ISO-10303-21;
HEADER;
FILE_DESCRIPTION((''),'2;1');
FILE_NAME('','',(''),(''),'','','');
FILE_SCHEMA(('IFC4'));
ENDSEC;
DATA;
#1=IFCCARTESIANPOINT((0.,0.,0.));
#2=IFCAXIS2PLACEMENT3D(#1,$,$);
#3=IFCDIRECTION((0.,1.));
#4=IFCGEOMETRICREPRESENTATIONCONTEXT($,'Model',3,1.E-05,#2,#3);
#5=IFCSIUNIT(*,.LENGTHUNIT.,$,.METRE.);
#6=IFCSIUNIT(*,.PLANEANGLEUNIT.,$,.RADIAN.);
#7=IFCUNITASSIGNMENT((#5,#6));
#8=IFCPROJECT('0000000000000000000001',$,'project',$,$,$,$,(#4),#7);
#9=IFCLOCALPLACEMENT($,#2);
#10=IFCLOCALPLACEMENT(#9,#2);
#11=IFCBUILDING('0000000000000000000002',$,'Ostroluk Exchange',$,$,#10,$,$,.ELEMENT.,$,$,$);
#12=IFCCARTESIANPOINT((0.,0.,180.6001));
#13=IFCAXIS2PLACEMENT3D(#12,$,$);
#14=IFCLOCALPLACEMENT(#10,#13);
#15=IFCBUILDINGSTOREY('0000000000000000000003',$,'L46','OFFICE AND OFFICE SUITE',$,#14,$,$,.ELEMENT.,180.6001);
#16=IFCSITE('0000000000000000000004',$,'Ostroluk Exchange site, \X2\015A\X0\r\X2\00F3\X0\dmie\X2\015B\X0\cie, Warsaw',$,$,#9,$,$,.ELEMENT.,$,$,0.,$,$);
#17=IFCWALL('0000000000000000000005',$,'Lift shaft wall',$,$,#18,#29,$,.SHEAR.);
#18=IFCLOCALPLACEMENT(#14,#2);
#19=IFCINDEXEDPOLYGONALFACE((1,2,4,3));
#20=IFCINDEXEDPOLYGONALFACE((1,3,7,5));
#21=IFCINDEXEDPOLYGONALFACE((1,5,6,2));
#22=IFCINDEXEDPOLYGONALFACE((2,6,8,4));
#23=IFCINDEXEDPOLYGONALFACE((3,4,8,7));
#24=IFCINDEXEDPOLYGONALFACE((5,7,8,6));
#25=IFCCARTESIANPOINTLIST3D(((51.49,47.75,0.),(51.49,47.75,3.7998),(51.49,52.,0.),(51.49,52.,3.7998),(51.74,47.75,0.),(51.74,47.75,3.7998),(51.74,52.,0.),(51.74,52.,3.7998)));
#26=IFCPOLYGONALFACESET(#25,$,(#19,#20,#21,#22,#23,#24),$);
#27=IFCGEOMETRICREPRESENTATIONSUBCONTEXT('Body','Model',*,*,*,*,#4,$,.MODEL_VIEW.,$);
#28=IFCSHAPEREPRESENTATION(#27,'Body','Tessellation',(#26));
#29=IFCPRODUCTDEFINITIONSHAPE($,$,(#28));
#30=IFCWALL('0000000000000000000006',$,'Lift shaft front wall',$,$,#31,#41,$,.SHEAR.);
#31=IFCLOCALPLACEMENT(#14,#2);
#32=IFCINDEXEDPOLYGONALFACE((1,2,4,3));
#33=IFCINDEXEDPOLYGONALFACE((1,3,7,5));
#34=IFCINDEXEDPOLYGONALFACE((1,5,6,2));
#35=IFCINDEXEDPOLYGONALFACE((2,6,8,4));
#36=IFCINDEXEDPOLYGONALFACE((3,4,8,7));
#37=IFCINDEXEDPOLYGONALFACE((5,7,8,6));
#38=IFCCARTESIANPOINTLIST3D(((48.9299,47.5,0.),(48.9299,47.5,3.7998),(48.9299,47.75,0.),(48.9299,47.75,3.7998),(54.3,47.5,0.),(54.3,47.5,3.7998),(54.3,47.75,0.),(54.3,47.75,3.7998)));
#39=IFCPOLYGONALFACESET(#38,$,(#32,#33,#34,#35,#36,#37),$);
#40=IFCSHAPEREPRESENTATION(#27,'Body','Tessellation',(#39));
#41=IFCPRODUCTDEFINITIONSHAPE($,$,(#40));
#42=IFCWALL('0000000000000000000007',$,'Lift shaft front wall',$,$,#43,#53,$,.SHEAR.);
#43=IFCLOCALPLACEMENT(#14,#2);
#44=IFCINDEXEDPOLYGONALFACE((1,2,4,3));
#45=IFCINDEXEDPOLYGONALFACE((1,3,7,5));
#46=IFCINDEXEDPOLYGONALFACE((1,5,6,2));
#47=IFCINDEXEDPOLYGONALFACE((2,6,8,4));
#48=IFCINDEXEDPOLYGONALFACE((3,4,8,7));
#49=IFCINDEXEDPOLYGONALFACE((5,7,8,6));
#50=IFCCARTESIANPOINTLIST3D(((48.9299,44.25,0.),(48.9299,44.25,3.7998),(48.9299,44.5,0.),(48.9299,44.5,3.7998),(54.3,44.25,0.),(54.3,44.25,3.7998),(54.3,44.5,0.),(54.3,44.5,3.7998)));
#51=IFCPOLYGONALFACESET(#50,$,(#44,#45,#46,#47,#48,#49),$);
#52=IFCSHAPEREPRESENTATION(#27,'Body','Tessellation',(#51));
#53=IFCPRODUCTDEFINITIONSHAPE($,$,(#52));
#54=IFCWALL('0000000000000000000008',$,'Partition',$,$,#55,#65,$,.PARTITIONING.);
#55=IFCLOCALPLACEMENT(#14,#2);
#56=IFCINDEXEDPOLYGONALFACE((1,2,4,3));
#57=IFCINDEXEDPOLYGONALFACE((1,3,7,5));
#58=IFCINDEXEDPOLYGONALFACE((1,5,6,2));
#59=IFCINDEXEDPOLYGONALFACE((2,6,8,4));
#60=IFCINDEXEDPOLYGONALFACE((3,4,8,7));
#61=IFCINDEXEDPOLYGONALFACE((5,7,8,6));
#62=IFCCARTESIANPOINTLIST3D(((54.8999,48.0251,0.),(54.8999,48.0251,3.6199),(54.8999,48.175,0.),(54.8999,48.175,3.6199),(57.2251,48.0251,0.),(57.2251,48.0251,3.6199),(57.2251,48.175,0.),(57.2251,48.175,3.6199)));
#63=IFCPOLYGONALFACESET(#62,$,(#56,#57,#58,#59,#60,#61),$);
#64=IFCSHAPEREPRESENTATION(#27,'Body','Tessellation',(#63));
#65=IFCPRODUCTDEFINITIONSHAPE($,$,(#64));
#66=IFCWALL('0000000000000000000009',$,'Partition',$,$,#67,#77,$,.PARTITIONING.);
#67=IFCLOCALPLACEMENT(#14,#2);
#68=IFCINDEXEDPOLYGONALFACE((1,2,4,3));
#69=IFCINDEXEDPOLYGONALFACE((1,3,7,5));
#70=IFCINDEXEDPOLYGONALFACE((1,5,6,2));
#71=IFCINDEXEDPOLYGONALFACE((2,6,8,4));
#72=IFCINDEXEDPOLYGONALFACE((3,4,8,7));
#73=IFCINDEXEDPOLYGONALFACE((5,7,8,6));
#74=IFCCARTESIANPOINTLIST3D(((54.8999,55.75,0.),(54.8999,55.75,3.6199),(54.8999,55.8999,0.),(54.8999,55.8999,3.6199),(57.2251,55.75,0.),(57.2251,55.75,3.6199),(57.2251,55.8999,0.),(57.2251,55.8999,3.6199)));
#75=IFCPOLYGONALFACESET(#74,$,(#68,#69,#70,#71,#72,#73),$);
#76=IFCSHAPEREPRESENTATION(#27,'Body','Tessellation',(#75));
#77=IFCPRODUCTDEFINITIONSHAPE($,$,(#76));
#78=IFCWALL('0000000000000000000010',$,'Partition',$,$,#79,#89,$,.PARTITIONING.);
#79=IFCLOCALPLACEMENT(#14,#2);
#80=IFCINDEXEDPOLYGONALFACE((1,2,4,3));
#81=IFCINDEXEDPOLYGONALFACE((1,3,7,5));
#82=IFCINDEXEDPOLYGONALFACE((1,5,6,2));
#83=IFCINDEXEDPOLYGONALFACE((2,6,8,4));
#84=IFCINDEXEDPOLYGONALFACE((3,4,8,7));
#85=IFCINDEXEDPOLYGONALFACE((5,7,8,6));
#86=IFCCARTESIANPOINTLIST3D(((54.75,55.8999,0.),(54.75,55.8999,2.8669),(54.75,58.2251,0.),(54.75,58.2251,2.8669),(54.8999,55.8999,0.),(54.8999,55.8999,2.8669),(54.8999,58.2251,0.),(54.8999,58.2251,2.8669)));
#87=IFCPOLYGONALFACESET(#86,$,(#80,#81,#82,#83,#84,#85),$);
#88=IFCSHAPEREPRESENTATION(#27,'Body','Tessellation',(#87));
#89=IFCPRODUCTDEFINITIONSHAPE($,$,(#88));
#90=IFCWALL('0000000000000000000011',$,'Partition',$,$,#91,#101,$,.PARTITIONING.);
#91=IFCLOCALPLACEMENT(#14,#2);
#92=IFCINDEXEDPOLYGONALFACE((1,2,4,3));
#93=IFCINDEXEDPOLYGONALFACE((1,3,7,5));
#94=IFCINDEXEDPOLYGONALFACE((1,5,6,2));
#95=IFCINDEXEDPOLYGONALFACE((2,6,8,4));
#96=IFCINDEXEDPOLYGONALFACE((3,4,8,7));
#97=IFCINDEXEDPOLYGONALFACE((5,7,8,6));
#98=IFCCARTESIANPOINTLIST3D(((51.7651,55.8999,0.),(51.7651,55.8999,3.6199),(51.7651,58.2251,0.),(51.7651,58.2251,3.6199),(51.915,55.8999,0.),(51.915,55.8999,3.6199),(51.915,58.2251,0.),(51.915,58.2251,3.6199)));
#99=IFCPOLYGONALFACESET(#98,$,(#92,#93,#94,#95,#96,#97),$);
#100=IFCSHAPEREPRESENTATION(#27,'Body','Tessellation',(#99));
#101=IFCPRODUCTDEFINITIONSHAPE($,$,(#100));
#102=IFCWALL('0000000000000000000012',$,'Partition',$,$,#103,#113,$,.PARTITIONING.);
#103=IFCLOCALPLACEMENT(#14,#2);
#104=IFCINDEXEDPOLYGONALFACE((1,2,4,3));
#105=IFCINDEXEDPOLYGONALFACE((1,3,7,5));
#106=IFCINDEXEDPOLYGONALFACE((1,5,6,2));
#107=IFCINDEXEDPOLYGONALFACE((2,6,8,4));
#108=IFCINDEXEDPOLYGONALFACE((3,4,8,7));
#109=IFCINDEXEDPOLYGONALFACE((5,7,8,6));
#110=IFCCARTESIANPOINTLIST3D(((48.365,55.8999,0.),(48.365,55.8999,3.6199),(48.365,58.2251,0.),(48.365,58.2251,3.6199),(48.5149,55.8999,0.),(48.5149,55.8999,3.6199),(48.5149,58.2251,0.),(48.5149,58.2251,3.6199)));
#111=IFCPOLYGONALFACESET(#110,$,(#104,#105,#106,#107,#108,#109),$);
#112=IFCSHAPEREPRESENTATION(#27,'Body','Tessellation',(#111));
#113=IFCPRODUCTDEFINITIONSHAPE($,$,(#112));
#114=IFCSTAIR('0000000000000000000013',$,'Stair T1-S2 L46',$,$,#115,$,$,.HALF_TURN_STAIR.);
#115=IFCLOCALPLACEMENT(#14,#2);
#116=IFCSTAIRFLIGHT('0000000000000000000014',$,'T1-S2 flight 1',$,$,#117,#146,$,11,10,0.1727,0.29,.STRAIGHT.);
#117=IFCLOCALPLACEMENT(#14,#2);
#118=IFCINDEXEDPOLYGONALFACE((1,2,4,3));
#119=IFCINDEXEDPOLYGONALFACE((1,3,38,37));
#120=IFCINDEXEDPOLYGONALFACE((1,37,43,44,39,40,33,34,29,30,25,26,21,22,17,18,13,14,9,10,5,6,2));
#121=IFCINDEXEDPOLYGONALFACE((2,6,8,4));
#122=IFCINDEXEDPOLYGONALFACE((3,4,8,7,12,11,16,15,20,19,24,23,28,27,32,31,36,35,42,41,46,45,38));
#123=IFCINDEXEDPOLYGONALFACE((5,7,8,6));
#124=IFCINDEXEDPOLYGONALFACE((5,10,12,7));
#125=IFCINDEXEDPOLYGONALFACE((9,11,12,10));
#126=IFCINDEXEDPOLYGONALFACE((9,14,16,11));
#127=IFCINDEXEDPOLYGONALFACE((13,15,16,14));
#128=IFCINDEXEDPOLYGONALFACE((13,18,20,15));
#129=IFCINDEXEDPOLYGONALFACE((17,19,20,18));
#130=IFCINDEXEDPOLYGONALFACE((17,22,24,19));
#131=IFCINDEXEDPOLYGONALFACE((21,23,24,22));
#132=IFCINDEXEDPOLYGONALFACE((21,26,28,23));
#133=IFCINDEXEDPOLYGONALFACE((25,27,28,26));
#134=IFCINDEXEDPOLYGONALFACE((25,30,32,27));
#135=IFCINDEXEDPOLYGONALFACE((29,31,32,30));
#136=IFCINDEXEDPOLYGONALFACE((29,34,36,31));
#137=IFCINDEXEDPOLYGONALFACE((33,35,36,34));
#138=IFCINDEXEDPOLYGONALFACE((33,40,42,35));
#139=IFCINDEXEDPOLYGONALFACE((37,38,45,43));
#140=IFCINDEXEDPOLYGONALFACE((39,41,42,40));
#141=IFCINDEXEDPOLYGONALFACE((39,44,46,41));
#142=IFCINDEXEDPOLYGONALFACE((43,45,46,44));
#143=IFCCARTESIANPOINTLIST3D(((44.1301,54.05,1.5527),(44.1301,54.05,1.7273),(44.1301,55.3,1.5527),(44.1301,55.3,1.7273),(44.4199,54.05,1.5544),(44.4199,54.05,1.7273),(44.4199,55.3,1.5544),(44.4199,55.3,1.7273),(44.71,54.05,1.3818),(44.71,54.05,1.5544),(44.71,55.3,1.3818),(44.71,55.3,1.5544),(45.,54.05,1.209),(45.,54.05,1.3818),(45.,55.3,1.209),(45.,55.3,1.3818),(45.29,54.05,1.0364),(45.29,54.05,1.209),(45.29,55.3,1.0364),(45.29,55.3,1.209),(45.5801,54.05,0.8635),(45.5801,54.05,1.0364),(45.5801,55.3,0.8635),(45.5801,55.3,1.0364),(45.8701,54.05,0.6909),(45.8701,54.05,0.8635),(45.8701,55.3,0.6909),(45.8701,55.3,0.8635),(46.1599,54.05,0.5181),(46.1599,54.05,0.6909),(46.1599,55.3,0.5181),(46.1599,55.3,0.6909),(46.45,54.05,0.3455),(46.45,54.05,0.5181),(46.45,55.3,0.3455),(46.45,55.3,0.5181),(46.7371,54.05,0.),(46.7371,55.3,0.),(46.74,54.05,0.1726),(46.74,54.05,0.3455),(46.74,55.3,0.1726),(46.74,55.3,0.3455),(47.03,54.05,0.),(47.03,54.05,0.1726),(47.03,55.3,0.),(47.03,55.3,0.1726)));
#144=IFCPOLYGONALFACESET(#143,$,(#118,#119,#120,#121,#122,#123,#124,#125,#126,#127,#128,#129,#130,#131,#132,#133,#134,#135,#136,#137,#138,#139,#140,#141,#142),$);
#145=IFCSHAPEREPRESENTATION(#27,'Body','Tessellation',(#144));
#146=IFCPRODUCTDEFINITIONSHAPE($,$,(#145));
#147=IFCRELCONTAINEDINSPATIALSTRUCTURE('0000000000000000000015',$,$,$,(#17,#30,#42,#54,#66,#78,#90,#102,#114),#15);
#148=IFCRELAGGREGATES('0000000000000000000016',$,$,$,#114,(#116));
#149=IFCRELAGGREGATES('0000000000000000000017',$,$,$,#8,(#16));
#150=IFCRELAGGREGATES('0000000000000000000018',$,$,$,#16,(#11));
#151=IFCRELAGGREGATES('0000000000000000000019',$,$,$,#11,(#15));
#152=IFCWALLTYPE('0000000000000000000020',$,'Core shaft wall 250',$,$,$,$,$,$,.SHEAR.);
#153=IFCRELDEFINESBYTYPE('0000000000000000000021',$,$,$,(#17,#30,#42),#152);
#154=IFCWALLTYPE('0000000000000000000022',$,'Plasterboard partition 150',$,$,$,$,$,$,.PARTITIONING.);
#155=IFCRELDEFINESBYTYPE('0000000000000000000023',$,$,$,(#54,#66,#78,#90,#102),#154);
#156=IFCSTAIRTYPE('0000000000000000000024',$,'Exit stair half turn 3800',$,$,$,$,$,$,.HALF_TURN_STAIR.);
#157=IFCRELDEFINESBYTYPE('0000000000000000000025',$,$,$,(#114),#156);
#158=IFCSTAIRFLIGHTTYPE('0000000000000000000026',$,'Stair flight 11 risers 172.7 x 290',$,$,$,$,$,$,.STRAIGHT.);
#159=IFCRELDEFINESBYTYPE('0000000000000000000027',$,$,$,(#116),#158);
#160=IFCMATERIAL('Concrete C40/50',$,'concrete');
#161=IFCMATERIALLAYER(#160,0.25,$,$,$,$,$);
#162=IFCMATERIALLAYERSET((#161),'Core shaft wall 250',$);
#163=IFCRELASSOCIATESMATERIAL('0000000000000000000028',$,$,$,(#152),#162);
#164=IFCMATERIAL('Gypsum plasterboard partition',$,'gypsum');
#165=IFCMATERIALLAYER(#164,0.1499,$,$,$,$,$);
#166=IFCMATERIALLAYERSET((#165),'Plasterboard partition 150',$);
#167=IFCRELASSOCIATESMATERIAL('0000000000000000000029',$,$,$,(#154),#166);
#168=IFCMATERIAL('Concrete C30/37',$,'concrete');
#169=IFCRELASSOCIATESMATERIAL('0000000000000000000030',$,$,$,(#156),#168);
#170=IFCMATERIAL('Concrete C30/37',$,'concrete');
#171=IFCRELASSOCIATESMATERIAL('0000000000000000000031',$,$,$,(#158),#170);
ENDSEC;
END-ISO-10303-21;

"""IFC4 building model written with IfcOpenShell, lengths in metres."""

from ifc_helpers import new_model, si_unit, direction, frame, frame_2d, origin, place, context, subcontext, project, spatial, polyline, rectangle, outline, extrude, material, layer, layer_set, type_object, element, aggregate, save


model = new_model("IFC4")

# Units and contexts
model_context = context("Model", 3, precision=1e-05, world=origin(), true_north=direction((0.0, 1.0)))
body_context = subcontext(model_context, "Body", "Model", "MODEL_VIEW")
ifc_project = project(units=[si_unit("LENGTHUNIT", "METRE"), si_unit("PLANEANGLEUNIT", "RADIAN")], contexts=[model_context])

# Site, building, storey
site_placement = place(None, origin())
site = spatial("IfcSite", under=ifc_project, at=site_placement, Name="Ostroluk Exchange site, Śródmieście, Warsaw", CompositionType="ELEMENT", RefElevation=0.0)
building_placement = place(site_placement, origin())
building = spatial("IfcBuilding", under=site, at=building_placement, Name="Ostroluk Exchange", CompositionType="ELEMENT")
storey_placement = place(building_placement, frame((0.0, 0.0, 180.6001)))
storey = spatial("IfcBuildingStorey", under=building, at=storey_placement, Name="L46", Description="OFFICE AND OFFICE SUITE", CompositionType="ELEMENT", Elevation=180.6001)

# Shared definitions
ifc_material_1 = material(Name="Concrete C40/50", Category="concrete")
ifc_layer_1 = layer(ifc_material_1, 0.25)
ifc_layer_set_1 = layer_set([ifc_layer_1], Name="Core shaft wall 250")
wall_type_1 = type_object("IfcWallType", Name="Core shaft wall 250", PredefinedType="SHEAR", material=ifc_layer_set_1)

# Walls
wall_1_placement = place(storey_placement, frame((51.615, 47.75, 0.0), z_axis=(0.0, 0.0, 1.0), x_axis=(0.0, 1.0, 0.0)))
element("IfcWall", 1, at=wall_1_placement, inside=storey, type_object=wall_type_1, Name="Lift shaft wall", PredefinedType="SHEAR", context=body_context, shape_type="SweptSolid", body=[
    extrude(rectangle(XDim=4.25, YDim=0.25, at=frame_2d((2.125, 0.0))), origin(), (0.0, 0.0, 1.0), 3.7998),
])
for number, where, z_axis, x_axis, name in (
    (2, (48.9299, 47.625, 0.0), (0.0, 0.0, 1.0), (1.0, 0.0, 0.0), "Lift shaft front wall"),
    (3, (48.9299, 44.375, 0.0), (0.0, 0.0, 1.0), (1.0, 0.0, 0.0), "Lift shaft front wall"),
):
    element("IfcWall", number, at=place(storey_placement, frame(where, z_axis=z_axis, x_axis=x_axis)), inside=storey, type_object=wall_type_1, Name=name, PredefinedType="SHEAR", context=body_context, shape_type="SweptSolid", body=[
        extrude(rectangle(XDim=5.3701, YDim=0.25, at=frame_2d((2.6851, 0.0))), origin(), (0.0, 0.0, 1.0), 3.7998),
    ])
ifc_material_2 = material(Name="Gypsum plasterboard partition", Category="gypsum")
ifc_layer_2 = layer(ifc_material_2, 0.1499)
ifc_layer_set_2 = layer_set([ifc_layer_2], Name="Plasterboard partition 150")
wall_type_2 = type_object("IfcWallType", Name="Plasterboard partition 150", PredefinedType="PARTITIONING", material=ifc_layer_set_2)
for number, where, z_axis, x_axis, name in (
    (4, (54.8999, 48.1001, 0.0), (0.0, 0.0, 1.0), (1.0, 0.0, 0.0), "Partition"),
    (5, (54.8999, 55.825, 0.0), (0.0, 0.0, 1.0), (1.0, 0.0, 0.0), "Partition"),
):
    element("IfcWall", number, at=place(storey_placement, frame(where, z_axis=z_axis, x_axis=x_axis)), inside=storey, type_object=wall_type_2, Name=name, PredefinedType="PARTITIONING", context=body_context, shape_type="SweptSolid", body=[
        extrude(rectangle(XDim=2.3252, YDim=0.1499, at=frame_2d((1.1626, 0.0))), origin(), (0.0, 0.0, 1.0), 3.6199),
    ])
wall_2_placement = place(storey_placement, frame((54.825, 55.8999, 0.0), z_axis=(0.0, 0.0, 1.0), x_axis=(0.0, 1.0, 0.0)))
element("IfcWall", 6, at=wall_2_placement, inside=storey, type_object=wall_type_2, Name="Partition", PredefinedType="PARTITIONING", context=body_context, shape_type="SweptSolid", body=[
    extrude(rectangle(XDim=2.3252, YDim=0.1499, at=frame_2d((1.1626, 0.0))), origin(), (0.0, 0.0, 1.0), 2.8669),
])
for number, where, z_axis, x_axis, name in (
    (7, (51.8401, 55.8999, 0.0), (0.0, 0.0, 1.0), (0.0, 1.0, 0.0), "Partition"),
    (8, (48.4399, 55.8999, 0.0), (0.0, 0.0, 1.0), (0.0, 1.0, 0.0), "Partition"),
):
    element("IfcWall", number, at=place(storey_placement, frame(where, z_axis=z_axis, x_axis=x_axis)), inside=storey, type_object=wall_type_2, Name=name, PredefinedType="PARTITIONING", context=body_context, shape_type="SweptSolid", body=[
        extrude(rectangle(XDim=2.3252, YDim=0.1499, at=frame_2d((1.1626, 0.0))), origin(), (0.0, 0.0, 1.0), 3.6199),
    ])

# Stair, stair flight
ifc_material_3 = material(Name="Concrete C30/37", Category="concrete")
stair_type = type_object("IfcStairType", Name="Exit stair half turn 3800", PredefinedType="HALF_TURN_STAIR", material=ifc_material_3)
stair_placement = place(storey_placement, origin())
stair = element("IfcStair", 9, at=stair_placement, inside=storey, type_object=stair_type, Name="Stair T1-S2 L46", PredefinedType="HALF_TURN_STAIR")
ifc_material_4 = material(Name="Concrete C30/37", Category="concrete")
stair_flight_type = type_object("IfcStairFlightType", Name="Stair flight 11 risers 172.7 x 290", PredefinedType="STRAIGHT", material=ifc_material_4)
stair_flight_placement = place(storey_placement, frame((47.03, 54.675, 0.0), z_axis=(0.0, 0.0, 1.0), x_axis=(-1.0, 0.0, 0.0)))
stair_flight = element("IfcStairFlight", 10, at=stair_flight_placement, type_object=stair_flight_type, Name="T1-S2 flight 1", NumberOfRisers=11, NumberOfTreads=10, PredefinedType="STRAIGHT", RiserHeight=0.1727, TreadLength=0.29, context=body_context, shape_type="SweptSolid", body=[
    extrude(outline(polyline([(0.0, 0.0), (0.0, 0.1726), (0.29, 0.1726), (0.29, 0.3455), (0.5801, 0.3455), (0.5801, 0.5181), (0.8701, 0.5181), (0.8701, 0.6909), (1.1599, 0.6909), (1.1599, 0.8635), (1.45, 0.8635), (1.45, 1.0364), (1.74, 1.0364), (1.74, 1.209), (2.03, 1.209), (2.03, 1.3818), (2.3201, 1.3818), (2.3201, 1.5544), (2.6101, 1.5544), (2.6101, 1.7273), (2.8999, 1.7273), (2.8999, 1.8999), (2.8999, 1.5527), (0.293, 0.0), (0.0, 0.0)])), frame((0.0, 0.625, 0.0), z_axis=(0.0, -1.0, 0.0), x_axis=(1.0, 0.0, 0.0)), (0.0, 0.0, 1.0), 1.25),
])
aggregate(stair, [stair_flight])

save(model, "model.ifc")
